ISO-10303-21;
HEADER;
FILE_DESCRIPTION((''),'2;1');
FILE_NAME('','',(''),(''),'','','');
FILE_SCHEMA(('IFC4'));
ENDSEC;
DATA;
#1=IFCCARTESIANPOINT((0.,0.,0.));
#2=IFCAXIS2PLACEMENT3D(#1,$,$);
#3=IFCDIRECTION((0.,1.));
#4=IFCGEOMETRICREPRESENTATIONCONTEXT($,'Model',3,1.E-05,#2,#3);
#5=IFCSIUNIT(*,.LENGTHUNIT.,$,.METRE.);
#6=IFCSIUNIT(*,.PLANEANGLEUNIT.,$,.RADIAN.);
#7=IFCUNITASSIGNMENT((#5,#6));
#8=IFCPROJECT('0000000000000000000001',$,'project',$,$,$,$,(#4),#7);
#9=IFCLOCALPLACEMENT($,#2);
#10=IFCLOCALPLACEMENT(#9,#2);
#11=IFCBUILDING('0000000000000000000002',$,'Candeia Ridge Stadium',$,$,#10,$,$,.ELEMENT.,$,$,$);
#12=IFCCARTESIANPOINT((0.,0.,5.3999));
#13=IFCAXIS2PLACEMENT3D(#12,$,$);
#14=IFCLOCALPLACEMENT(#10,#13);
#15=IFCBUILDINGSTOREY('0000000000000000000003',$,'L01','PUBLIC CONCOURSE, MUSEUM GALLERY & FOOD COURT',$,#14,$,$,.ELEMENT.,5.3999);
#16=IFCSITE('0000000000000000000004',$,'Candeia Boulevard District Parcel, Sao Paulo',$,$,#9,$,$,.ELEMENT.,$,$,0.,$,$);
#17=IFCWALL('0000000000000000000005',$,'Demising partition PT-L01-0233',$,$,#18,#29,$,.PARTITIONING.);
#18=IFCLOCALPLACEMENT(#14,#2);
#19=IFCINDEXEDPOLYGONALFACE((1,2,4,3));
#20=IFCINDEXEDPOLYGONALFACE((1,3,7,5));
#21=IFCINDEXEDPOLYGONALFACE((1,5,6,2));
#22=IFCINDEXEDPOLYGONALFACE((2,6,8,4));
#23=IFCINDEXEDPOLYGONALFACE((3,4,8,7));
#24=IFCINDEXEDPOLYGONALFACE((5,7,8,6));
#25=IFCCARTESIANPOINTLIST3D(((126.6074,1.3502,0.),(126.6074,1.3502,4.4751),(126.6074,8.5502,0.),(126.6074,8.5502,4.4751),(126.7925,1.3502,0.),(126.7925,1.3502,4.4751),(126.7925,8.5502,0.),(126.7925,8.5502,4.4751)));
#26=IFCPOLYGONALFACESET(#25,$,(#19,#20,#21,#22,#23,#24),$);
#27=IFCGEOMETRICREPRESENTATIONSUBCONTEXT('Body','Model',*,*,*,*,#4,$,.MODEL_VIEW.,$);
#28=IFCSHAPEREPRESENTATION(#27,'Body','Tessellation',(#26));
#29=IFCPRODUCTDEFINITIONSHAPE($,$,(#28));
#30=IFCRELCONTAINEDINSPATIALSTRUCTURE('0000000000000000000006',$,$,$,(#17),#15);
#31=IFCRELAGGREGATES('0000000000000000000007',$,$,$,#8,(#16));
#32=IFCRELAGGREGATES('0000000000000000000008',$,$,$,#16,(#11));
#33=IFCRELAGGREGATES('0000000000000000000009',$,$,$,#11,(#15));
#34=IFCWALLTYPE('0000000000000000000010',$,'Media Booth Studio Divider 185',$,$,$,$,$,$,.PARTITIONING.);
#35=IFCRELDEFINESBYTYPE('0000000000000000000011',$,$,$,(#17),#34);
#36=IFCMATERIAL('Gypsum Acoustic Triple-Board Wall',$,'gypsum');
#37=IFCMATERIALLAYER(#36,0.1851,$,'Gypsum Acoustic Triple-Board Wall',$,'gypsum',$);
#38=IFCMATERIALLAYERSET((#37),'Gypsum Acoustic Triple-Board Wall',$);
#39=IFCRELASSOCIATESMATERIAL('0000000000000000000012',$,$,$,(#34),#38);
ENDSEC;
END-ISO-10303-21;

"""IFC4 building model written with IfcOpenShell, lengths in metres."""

from ifc_helpers import new_model, si_unit, direction, frame, frame_2d, origin, place, context, subcontext, project, spatial, rectangle, extrude, material, layer, layer_set, type_object, element, save


model = new_model("IFC4")

# Units and contexts
model_context = context("Model", 3, precision=1e-05, world=origin(), true_north=direction((0.0, 1.0)))
body_context = subcontext(model_context, "Body", "Model", "MODEL_VIEW")
ifc_project = project(units=[si_unit("LENGTHUNIT", "METRE"), si_unit("PLANEANGLEUNIT", "RADIAN")], contexts=[model_context])

# Site, building, storey
site_placement = place(None, origin())
site = spatial("IfcSite", under=ifc_project, at=site_placement, Name="Candeia Boulevard District Parcel, Sao Paulo", CompositionType="ELEMENT", RefElevation=0.0)
building_placement = place(site_placement, origin())
building = spatial("IfcBuilding", under=site, at=building_placement, Name="Candeia Ridge Stadium", CompositionType="ELEMENT")
storey_placement = place(building_placement, frame((0.0, 0.0, 5.3999)))
storey = spatial("IfcBuildingStorey", under=building, at=storey_placement, Name="L01", Description="PUBLIC CONCOURSE, MUSEUM GALLERY & FOOD COURT", CompositionType="ELEMENT", Elevation=5.3999)

# Wall
ifc_material_1 = material(Name="Gypsum Acoustic Triple-Board Wall", Category="gypsum")
ifc_layer_1 = layer(ifc_material_1, 0.1851, Name="Gypsum Acoustic Triple-Board Wall", Category="gypsum")
ifc_layer_set_1 = layer_set([ifc_layer_1], Name="Gypsum Acoustic Triple-Board Wall")
wall_type_1 = type_object("IfcWallType", Name="Media Booth Studio Divider 185", PredefinedType="PARTITIONING", material=ifc_layer_set_1)
wall_1_placement = place(storey_placement, frame((126.7, 1.3501, 0.0), z_axis=(0.0, 0.0, 1.0), x_axis=(0.0, 1.0, 0.0)))
element("IfcWall", 1, at=wall_1_placement, inside=storey, type_object=wall_type_1, Name="Demising partition PT-L01-0233", PredefinedType="PARTITIONING", context=body_context, shape_type="SweptSolid", body=[
    extrude(rectangle(XDim=7.2, YDim=0.1851, at=frame_2d((3.6001, 0.0))), origin(), (0.0, 0.0, 1.0), 4.4751),
])

save(model, "model.ifc")
